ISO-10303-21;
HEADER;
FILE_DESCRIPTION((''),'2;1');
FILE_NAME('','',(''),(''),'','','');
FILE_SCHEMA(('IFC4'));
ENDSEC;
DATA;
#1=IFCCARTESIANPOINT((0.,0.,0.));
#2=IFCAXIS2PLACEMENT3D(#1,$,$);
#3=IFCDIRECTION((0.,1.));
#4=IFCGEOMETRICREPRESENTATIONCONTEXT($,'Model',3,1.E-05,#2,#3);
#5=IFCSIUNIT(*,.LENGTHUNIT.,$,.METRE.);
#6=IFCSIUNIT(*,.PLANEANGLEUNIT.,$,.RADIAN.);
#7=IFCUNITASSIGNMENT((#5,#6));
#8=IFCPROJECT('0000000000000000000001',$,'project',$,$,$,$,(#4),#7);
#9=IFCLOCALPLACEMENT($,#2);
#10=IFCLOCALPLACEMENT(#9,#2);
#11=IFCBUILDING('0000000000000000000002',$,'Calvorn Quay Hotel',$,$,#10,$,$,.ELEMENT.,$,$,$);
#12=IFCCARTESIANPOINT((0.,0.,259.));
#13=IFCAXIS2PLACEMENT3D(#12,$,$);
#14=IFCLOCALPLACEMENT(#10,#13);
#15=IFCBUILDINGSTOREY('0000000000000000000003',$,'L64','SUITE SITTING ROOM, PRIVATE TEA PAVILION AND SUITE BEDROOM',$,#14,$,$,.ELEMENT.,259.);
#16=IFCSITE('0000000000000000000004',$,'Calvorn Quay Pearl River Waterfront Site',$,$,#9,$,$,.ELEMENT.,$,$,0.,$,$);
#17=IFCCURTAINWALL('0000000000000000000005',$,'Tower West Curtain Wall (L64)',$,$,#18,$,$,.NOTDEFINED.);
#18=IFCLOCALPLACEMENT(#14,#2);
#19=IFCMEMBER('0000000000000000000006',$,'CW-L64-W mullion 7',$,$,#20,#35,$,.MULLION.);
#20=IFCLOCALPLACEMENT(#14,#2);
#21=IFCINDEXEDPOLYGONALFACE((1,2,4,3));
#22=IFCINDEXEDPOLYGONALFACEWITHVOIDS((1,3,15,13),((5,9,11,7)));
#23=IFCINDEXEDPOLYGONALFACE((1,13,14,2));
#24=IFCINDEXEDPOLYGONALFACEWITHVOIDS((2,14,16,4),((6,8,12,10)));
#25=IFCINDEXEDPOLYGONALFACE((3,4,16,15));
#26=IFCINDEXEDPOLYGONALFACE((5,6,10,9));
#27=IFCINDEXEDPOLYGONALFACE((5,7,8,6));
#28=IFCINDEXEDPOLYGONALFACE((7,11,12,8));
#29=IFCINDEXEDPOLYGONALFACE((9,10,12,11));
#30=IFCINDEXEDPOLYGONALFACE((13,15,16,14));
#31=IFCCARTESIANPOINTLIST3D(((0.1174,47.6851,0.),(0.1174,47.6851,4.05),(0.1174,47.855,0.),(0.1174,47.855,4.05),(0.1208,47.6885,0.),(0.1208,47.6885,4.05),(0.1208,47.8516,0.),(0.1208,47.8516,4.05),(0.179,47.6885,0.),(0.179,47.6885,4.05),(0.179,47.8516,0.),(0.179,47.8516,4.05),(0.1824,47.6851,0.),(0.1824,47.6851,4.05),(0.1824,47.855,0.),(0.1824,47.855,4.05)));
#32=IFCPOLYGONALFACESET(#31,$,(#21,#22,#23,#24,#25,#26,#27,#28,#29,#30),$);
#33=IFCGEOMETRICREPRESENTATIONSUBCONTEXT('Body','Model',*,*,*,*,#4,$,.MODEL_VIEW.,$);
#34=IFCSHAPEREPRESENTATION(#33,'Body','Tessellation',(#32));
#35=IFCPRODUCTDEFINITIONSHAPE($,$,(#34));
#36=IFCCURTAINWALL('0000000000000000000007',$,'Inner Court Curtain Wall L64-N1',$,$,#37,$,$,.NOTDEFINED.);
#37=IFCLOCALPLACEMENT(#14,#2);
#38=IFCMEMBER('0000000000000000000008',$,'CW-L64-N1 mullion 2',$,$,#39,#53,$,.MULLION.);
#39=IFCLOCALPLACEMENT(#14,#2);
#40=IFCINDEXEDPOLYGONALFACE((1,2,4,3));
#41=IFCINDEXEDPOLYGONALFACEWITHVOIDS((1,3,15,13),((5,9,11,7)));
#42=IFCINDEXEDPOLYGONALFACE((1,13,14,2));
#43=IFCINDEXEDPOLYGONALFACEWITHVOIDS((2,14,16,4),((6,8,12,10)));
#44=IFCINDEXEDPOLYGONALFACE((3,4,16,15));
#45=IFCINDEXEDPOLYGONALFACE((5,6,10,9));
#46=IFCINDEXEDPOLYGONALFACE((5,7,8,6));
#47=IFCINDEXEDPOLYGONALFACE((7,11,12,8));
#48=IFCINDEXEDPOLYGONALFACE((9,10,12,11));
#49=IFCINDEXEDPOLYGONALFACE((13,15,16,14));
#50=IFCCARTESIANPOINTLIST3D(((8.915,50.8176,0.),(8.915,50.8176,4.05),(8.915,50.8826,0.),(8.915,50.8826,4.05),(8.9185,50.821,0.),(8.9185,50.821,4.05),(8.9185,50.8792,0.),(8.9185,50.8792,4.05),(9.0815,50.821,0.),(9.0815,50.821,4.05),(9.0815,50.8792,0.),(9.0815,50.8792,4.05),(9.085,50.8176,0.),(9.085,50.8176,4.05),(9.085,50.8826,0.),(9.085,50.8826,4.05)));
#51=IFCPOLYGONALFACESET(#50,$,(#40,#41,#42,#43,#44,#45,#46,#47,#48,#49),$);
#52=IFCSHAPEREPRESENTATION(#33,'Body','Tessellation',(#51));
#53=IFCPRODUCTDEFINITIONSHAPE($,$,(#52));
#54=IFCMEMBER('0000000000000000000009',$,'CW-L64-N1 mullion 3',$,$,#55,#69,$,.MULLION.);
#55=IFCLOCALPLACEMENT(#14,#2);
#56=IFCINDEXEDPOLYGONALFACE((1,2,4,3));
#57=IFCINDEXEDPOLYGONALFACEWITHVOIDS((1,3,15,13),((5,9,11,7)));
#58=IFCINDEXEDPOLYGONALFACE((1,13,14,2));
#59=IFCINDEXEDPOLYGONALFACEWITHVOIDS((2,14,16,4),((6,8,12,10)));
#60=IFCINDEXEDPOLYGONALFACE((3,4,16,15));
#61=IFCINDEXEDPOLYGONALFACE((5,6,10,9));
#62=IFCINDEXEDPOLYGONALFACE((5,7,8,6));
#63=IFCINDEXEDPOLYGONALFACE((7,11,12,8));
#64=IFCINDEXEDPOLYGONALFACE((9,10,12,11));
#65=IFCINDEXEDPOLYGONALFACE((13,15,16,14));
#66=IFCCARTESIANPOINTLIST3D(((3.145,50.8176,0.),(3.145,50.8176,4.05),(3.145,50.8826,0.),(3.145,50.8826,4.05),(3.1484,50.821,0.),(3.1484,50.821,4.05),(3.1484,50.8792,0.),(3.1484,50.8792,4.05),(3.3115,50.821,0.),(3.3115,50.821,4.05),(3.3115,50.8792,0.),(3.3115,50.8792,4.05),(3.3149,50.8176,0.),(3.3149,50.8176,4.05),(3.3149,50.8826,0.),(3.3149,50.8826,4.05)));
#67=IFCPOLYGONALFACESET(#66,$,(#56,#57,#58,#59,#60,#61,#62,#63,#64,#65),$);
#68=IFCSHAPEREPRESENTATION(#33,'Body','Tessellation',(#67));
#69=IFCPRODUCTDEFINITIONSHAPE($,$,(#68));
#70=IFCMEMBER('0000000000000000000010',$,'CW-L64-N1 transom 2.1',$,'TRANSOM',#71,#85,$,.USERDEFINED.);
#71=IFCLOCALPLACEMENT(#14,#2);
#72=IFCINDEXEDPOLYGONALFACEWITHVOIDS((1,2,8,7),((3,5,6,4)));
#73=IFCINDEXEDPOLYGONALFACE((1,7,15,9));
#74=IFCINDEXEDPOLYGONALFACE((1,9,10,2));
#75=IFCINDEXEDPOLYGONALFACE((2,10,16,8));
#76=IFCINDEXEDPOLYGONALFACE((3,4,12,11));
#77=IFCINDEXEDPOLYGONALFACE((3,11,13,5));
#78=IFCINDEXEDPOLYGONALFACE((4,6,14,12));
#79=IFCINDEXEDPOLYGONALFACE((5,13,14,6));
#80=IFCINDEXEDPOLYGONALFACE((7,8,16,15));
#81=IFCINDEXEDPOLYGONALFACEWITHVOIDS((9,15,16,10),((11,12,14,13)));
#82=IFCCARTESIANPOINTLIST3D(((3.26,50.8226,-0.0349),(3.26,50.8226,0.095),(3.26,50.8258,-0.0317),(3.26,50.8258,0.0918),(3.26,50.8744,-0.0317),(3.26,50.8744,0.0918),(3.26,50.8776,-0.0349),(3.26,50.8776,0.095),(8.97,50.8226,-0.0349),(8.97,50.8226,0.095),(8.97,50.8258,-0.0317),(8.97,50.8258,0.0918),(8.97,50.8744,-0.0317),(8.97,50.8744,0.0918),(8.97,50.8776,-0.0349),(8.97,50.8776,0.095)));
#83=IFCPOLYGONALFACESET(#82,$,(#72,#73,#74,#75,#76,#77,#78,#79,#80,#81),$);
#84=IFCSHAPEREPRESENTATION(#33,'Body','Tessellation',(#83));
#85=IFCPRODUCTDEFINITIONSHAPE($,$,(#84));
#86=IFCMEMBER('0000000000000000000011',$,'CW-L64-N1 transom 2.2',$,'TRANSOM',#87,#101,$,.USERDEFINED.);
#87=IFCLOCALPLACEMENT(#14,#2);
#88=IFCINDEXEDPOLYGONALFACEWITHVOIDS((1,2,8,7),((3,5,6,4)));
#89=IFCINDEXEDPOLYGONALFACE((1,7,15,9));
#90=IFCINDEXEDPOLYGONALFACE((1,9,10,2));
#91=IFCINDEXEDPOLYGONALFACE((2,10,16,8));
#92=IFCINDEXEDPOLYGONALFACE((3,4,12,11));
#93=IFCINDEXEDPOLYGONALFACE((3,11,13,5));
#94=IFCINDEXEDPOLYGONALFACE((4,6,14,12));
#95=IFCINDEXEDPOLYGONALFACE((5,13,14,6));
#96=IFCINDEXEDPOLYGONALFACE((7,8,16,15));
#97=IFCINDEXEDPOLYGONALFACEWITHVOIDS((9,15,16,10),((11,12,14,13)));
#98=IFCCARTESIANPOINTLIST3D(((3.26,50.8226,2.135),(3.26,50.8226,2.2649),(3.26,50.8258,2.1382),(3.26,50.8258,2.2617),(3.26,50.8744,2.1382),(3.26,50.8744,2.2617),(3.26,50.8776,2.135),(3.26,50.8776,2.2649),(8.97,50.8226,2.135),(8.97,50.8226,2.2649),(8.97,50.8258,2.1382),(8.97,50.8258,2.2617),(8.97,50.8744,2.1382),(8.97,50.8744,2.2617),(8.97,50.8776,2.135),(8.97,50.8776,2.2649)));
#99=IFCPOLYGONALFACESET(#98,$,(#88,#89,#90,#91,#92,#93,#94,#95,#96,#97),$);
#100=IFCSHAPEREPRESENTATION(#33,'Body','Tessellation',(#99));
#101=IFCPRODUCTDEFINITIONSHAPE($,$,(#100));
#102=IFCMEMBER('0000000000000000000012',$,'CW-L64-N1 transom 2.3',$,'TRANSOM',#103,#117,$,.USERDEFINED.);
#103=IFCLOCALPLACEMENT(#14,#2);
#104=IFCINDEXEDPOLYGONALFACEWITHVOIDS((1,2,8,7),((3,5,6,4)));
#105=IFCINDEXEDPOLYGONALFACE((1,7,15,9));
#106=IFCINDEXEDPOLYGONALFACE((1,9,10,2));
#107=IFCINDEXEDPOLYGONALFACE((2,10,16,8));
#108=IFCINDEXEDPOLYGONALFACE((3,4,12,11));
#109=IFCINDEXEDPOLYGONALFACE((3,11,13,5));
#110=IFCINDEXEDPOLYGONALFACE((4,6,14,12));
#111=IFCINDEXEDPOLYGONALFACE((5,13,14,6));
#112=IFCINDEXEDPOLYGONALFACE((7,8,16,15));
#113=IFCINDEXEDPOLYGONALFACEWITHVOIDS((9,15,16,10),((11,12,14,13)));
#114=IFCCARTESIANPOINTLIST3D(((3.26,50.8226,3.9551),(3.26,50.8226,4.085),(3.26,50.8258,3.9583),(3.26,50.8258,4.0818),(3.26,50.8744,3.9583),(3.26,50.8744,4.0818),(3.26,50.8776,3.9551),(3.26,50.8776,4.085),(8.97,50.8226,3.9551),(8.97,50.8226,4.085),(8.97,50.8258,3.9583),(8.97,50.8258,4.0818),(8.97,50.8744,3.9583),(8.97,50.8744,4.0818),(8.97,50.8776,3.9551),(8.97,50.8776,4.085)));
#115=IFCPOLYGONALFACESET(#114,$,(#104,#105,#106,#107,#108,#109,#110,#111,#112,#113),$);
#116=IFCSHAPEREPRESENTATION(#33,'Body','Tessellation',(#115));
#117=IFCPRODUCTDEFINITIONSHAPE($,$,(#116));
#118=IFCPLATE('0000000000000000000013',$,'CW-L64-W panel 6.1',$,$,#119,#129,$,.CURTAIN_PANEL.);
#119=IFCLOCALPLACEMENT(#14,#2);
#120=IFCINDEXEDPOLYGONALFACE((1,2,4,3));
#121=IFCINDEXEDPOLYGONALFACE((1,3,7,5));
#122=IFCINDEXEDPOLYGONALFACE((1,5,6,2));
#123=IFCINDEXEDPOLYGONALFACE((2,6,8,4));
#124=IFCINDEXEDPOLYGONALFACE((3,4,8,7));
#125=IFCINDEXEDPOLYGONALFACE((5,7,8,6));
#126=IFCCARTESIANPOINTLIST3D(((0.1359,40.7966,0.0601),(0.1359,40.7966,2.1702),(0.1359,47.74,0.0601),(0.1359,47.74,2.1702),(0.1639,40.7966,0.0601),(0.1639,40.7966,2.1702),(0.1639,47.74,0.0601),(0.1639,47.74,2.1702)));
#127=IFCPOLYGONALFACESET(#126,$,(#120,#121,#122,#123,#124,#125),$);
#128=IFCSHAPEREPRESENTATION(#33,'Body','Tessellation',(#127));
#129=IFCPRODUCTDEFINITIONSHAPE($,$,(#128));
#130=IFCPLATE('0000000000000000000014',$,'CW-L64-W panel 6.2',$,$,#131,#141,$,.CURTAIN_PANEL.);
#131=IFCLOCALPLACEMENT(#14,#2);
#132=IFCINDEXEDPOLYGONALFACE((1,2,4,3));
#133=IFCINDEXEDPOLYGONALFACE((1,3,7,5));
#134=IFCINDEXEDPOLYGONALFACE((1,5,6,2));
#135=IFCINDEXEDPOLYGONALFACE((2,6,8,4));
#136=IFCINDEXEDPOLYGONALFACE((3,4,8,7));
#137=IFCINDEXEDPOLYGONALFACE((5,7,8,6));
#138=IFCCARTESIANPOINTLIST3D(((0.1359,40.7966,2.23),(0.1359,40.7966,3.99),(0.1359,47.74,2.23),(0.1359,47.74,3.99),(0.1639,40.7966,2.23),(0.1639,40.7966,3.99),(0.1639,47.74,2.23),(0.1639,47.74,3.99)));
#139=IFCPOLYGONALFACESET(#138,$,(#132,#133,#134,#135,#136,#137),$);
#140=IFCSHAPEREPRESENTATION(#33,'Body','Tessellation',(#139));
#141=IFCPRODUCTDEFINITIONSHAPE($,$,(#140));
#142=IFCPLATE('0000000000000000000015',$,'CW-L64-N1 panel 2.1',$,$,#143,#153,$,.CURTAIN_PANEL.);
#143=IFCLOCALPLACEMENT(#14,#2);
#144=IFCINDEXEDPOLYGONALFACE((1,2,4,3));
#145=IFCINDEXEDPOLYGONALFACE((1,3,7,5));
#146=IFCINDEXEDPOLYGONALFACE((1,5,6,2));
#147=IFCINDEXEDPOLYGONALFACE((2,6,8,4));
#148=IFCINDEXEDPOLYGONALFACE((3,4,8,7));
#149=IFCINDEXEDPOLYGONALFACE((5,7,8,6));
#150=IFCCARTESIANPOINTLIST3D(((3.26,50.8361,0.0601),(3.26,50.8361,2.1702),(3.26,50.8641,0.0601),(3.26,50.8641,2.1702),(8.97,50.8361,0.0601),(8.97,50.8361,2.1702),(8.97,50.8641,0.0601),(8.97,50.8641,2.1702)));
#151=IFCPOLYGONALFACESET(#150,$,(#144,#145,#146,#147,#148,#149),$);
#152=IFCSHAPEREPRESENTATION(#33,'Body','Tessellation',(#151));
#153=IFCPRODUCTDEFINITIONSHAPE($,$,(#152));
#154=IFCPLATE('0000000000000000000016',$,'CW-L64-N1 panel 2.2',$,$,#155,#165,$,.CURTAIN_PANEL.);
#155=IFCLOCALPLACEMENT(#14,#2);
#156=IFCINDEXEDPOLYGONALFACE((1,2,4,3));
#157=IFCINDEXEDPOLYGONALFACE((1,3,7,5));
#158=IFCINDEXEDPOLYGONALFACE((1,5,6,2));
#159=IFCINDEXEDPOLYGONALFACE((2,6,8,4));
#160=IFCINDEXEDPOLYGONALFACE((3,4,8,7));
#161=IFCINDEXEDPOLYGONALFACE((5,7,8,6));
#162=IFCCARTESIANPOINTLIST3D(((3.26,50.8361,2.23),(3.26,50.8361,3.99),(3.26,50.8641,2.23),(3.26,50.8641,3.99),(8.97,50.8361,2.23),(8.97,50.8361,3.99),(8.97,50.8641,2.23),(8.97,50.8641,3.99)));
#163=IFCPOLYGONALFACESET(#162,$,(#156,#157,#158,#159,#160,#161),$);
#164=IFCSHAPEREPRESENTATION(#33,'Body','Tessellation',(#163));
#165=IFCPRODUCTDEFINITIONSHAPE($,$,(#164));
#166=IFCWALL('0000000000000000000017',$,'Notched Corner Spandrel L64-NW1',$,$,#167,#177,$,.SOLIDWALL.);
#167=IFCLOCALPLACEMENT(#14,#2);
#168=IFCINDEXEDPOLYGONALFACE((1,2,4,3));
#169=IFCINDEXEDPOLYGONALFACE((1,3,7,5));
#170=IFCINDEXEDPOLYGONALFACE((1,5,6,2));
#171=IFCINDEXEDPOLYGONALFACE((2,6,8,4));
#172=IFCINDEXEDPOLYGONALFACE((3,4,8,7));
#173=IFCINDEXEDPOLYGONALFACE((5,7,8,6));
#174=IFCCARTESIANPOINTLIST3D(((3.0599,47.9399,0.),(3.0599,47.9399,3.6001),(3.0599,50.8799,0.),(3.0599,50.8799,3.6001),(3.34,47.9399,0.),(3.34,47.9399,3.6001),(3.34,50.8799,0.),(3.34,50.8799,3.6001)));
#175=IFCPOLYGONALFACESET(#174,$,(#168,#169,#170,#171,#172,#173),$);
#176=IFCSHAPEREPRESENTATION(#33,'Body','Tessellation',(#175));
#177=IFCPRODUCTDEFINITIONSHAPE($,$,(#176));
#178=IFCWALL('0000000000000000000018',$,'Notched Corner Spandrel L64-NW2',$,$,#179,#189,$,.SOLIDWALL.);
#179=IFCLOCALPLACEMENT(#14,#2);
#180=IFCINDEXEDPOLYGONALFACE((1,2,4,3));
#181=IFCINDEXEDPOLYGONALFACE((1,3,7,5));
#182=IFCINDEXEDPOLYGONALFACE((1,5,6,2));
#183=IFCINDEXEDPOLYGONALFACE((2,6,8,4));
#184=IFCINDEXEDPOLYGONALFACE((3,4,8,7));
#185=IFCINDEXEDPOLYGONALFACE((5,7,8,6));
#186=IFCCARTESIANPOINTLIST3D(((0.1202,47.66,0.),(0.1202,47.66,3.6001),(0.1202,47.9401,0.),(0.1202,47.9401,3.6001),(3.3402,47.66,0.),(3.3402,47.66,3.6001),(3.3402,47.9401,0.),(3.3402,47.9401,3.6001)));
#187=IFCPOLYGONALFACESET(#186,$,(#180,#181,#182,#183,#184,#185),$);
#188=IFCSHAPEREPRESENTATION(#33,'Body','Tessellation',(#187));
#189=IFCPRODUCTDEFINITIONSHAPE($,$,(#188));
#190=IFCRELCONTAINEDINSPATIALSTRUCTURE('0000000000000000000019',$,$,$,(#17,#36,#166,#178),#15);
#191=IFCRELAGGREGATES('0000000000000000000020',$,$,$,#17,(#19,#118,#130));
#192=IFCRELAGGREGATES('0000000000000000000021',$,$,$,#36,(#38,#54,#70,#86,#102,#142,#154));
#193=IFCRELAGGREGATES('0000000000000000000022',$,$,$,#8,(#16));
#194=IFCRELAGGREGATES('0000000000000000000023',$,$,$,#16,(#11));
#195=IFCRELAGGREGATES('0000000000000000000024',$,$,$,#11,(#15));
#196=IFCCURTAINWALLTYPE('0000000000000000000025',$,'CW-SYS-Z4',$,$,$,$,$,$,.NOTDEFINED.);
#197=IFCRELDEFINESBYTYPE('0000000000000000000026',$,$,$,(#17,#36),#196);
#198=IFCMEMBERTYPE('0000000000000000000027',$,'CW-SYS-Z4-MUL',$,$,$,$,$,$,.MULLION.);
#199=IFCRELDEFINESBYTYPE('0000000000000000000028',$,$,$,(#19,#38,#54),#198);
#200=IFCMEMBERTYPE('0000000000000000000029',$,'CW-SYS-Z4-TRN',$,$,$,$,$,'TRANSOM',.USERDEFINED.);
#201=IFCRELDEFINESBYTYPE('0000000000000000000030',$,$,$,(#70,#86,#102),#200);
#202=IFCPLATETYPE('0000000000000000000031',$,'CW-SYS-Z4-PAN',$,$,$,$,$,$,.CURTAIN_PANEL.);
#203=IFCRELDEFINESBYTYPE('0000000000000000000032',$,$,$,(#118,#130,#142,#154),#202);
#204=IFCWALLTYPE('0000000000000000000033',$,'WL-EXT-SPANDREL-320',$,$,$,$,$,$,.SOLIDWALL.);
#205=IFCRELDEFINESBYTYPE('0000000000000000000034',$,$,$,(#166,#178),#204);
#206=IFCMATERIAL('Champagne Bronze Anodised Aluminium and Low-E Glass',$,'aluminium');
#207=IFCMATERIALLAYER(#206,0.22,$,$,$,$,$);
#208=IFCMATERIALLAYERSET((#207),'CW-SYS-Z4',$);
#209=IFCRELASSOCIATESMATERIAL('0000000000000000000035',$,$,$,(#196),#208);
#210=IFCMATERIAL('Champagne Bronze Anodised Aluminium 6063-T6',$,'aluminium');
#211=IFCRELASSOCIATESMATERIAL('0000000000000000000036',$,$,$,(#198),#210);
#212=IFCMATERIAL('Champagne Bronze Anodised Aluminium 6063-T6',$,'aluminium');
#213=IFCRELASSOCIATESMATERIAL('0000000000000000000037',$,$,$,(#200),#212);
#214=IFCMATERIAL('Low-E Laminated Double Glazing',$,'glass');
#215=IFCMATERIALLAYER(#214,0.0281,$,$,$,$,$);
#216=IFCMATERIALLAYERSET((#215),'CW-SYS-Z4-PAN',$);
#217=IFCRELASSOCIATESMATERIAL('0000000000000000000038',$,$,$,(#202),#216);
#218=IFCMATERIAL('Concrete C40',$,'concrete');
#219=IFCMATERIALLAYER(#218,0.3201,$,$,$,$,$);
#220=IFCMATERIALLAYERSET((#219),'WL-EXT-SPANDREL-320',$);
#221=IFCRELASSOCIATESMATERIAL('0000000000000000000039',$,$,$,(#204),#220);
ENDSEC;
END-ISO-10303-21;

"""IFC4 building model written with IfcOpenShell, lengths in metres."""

from ifc_helpers import new_model, si_unit, direction, frame, frame_2d, origin, origin_2d, place, context, subcontext, project, spatial, rectangle, hollow_rectangle, extrude, material, layer, layer_set, material_profile, profile_set, type_object, element, aggregate, save


model = new_model("IFC4")

# Units and contexts
model_context = context("Model", 3, precision=1e-05, world=origin(), true_north=direction((0.0, 1.0)))
body_context = subcontext(model_context, "Body", "Model", "MODEL_VIEW")
ifc_project = project(units=[si_unit("LENGTHUNIT", "METRE"), si_unit("PLANEANGLEUNIT", "RADIAN")], contexts=[model_context])

# Site, building, storey
site_placement = place(None, origin())
site = spatial("IfcSite", under=ifc_project, at=site_placement, Name="Calvorn Quay Pearl River Waterfront Site", CompositionType="ELEMENT", RefElevation=0.0)
building_placement = place(site_placement, origin())
building = spatial("IfcBuilding", under=site, at=building_placement, Name="Calvorn Quay Hotel", CompositionType="ELEMENT")
storey_placement = place(building_placement, frame((0.0, 0.0, 259.0)))
storey = spatial("IfcBuildingStorey", under=building, at=storey_placement, Name="L64", Description="SUITE SITTING ROOM, PRIVATE TEA PAVILION AND SUITE BEDROOM", CompositionType="ELEMENT", Elevation=259.0)

# Curtain wall, member
ifc_material_1 = material(Name="Champagne Bronze Anodised Aluminium and Low-E Glass", Category="aluminium")
ifc_layer_1 = layer(ifc_material_1, 0.22)
ifc_layer_set_1 = layer_set([ifc_layer_1], Name="CW-SYS-Z4")
curtain_wall_type = type_object("IfcCurtainWallType", Name="CW-SYS-Z4", PredefinedType="NOTDEFINED", material=ifc_layer_set_1)
curtain_wall_1_placement = place(storey_placement, origin())
curtain_wall_1 = element("IfcCurtainWall", 1, at=curtain_wall_1_placement, inside=storey, type_object=curtain_wall_type, Name="Tower West Curtain Wall (L64)", PredefinedType="NOTDEFINED")
ifc_material_2 = material(Name="Champagne Bronze Anodised Aluminium 6063-T6", Category="aluminium")
ifc_material_profile_1 = material_profile(ifc_material_2, hollow_rectangle(XDim=0.0649, YDim=0.1699, WallThickness=0.0034, at=origin_2d()), Name="ALU-M170x65x3.5")
ifc_profile_set_1 = profile_set([ifc_material_profile_1], Name="Champagne Bronze Anodised Aluminium 6063-T6")
member_type_1 = type_object("IfcMemberType", Name="CW-SYS-Z4-MUL", PredefinedType="MULLION", material=ifc_profile_set_1)
member_1_placement = place(storey_placement, frame((0.1499, 47.77, 0.0), z_axis=(0.0, 0.0, 1.0), x_axis=(-1.0, 0.0, 0.0)))
member_1 = element("IfcMember", 2, at=member_1_placement, type_object=member_type_1, Name="CW-L64-W mullion 7", PredefinedType="MULLION", context=body_context, shape_type="SweptSolid", body=[
    extrude(hollow_rectangle(XDim=0.0649, YDim=0.1699, WallThickness=0.0034, at=origin_2d()), origin(), (0.0, 0.0, 1.0), 4.05),
])

# Curtain wall, members
curtain_wall_2_placement = place(storey_placement, origin())
curtain_wall_2 = element("IfcCurtainWall", 3, at=curtain_wall_2_placement, inside=storey, type_object=curtain_wall_type, Name="Inner Court Curtain Wall L64-N1", PredefinedType="NOTDEFINED")
member_2_placement = place(storey_placement, frame((9.0, 50.8501, 0.0), z_axis=(0.0, 0.0, 1.0), x_axis=(0.0, -1.0, 0.0)))
member_2 = element("IfcMember", 4, at=member_2_placement, type_object=member_type_1, Name="CW-L64-N1 mullion 2", PredefinedType="MULLION", context=body_context, shape_type="SweptSolid", body=[
    extrude(hollow_rectangle(XDim=0.0649, YDim=0.1699, WallThickness=0.0034, at=origin_2d()), origin(), (0.0, 0.0, 1.0), 4.05),
])
member_3_placement = place(storey_placement, frame((3.23, 50.8501, 0.0), z_axis=(0.0, 0.0, 1.0), x_axis=(0.0, -1.0, 0.0)))
member_3 = element("IfcMember", 5, at=member_3_placement, type_object=member_type_1, Name="CW-L64-N1 mullion 3", PredefinedType="MULLION", context=body_context, shape_type="SweptSolid", body=[
    extrude(hollow_rectangle(XDim=0.0649, YDim=0.1699, WallThickness=0.0034, at=origin_2d()), origin(), (0.0, 0.0, 1.0), 4.05),
])
ifc_material_3 = material(Name="Champagne Bronze Anodised Aluminium 6063-T6", Category="aluminium")
ifc_material_profile_2 = material_profile(ifc_material_3, hollow_rectangle(XDim=0.0549, YDim=0.1299, WallThickness=0.0032, at=origin_2d()), Name="ALU-T130x55x3.2")
ifc_profile_set_2 = profile_set([ifc_material_profile_2], Name="Champagne Bronze Anodised Aluminium 6063-T6")
member_type_2 = type_object("IfcMemberType", Name="CW-SYS-Z4-TRN", ElementType="TRANSOM", PredefinedType="USERDEFINED", material=ifc_profile_set_2)
member_4_placement = place(storey_placement, frame((8.97, 50.8501, 0.03), z_axis=(-1.0, 0.0, 0.0), x_axis=(0.0, -1.0, 0.0)))
member_4 = element("IfcMember", 6, at=member_4_placement, type_object=member_type_2, Name="CW-L64-N1 transom 2.1", ObjectType="TRANSOM", PredefinedType="USERDEFINED", context=body_context, shape_type="SweptSolid", body=[
    extrude(hollow_rectangle(XDim=0.0549, YDim=0.1299, WallThickness=0.0032, at=origin_2d()), origin(), (0.0, 0.0, 1.0), 5.71),
])
member_5_placement = place(storey_placement, frame((8.97, 50.8501, 2.2), z_axis=(-1.0, 0.0, 0.0), x_axis=(0.0, -1.0, 0.0)))
member_5 = element("IfcMember", 7, at=member_5_placement, type_object=member_type_2, Name="CW-L64-N1 transom 2.2", ObjectType="TRANSOM", PredefinedType="USERDEFINED", context=body_context, shape_type="SweptSolid", body=[
    extrude(hollow_rectangle(XDim=0.0549, YDim=0.1299, WallThickness=0.0032, at=origin_2d()), origin(), (0.0, 0.0, 1.0), 5.71),
])
member_6_placement = place(storey_placement, frame((8.97, 50.8501, 4.02), z_axis=(-1.0, 0.0, 0.0), x_axis=(0.0, -1.0, 0.0)))
member_6 = element("IfcMember", 8, at=member_6_placement, type_object=member_type_2, Name="CW-L64-N1 transom 2.3", ObjectType="TRANSOM", PredefinedType="USERDEFINED", context=body_context, shape_type="SweptSolid", body=[
    extrude(hollow_rectangle(XDim=0.0549, YDim=0.1299, WallThickness=0.0032, at=origin_2d()), origin(), (0.0, 0.0, 1.0), 5.71),
])

# Plates
ifc_material_4 = material(Name="Low-E Laminated Double Glazing", Category="glass")
ifc_layer_2 = layer(ifc_material_4, 0.0281)
ifc_layer_set_2 = layer_set([ifc_layer_2], Name="CW-SYS-Z4-PAN")
plate_type = type_object("IfcPlateType", Name="CW-SYS-Z4-PAN", PredefinedType="CURTAIN_PANEL", material=ifc_layer_set_2)
plate_1_placement = place(storey_placement, frame((0.1499, 44.2683, 0.0601), z_axis=(0.0, 0.0, 1.0), x_axis=(0.0, 1.0, 0.0)))
plate_1 = element("IfcPlate", 9, at=plate_1_placement, type_object=plate_type, Name="CW-L64-W panel 6.1", PredefinedType="CURTAIN_PANEL", context=body_context, shape_type="SweptSolid", body=[
    extrude(rectangle(XDim=6.9434, YDim=0.0281, at=origin_2d()), origin(), (0.0, 0.0, 1.0), 2.1101),
])
plate_2_placement = place(storey_placement, frame((0.1499, 44.2683, 2.23), z_axis=(0.0, 0.0, 1.0), x_axis=(0.0, 1.0, 0.0)))
plate_2 = element("IfcPlate", 10, at=plate_2_placement, type_object=plate_type, Name="CW-L64-W panel 6.2", PredefinedType="CURTAIN_PANEL", context=body_context, shape_type="SweptSolid", body=[
    extrude(rectangle(XDim=6.9434, YDim=0.0281, at=origin_2d()), origin(), (0.0, 0.0, 1.0), 1.76),
])
aggregate(curtain_wall_1, [member_1, plate_1, plate_2])
plate_3_placement = place(storey_placement, frame((6.115, 50.8501, 0.0601), z_axis=(0.0, 0.0, 1.0), x_axis=(-1.0, 0.0, 0.0)))
plate_3 = element("IfcPlate", 11, at=plate_3_placement, type_object=plate_type, Name="CW-L64-N1 panel 2.1", PredefinedType="CURTAIN_PANEL", context=body_context, shape_type="SweptSolid", body=[
    extrude(rectangle(XDim=5.71, YDim=0.0281, at=origin_2d()), origin(), (0.0, 0.0, 1.0), 2.1101),
])
plate_4_placement = place(storey_placement, frame((6.115, 50.8501, 2.23), z_axis=(0.0, 0.0, 1.0), x_axis=(-1.0, 0.0, 0.0)))
plate_4 = element("IfcPlate", 12, at=plate_4_placement, type_object=plate_type, Name="CW-L64-N1 panel 2.2", PredefinedType="CURTAIN_PANEL", context=body_context, shape_type="SweptSolid", body=[
    extrude(rectangle(XDim=5.71, YDim=0.0281, at=origin_2d()), origin(), (0.0, 0.0, 1.0), 1.76),
])
aggregate(curtain_wall_2, [member_2, member_3, member_4, member_5, member_6, plate_3, plate_4])

# Walls
ifc_material_5 = material(Name="Concrete C40", Category="concrete")
ifc_layer_3 = layer(ifc_material_5, 0.3201)
ifc_layer_set_3 = layer_set([ifc_layer_3], Name="WL-EXT-SPANDREL-320")
wall_type_1 = type_object("IfcWallType", Name="WL-EXT-SPANDREL-320", PredefinedType="SOLIDWALL", material=ifc_layer_set_3)
wall_1_placement = place(storey_placement, frame((3.2, 50.8799, 0.0), z_axis=(0.0, 0.0, 1.0), x_axis=(0.0, -1.0, 0.0)))
element("IfcWall", 13, at=wall_1_placement, inside=storey, type_object=wall_type_1, Name="Notched Corner Spandrel L64-NW1", PredefinedType="SOLIDWALL", context=body_context, shape_type="SweptSolid", body=[
    extrude(rectangle(XDim=2.9399, YDim=0.28, at=frame_2d((1.47, 0.0))), origin(), (0.0, 0.0, 1.0), 3.6001),
])
wall_2_placement = place(storey_placement, frame((3.3401, 47.8, 0.0), z_axis=(0.0, 0.0, 1.0), x_axis=(-1.0, 0.0, 0.0)))
element("IfcWall", 14, at=wall_2_placement, inside=storey, type_object=wall_type_1, Name="Notched Corner Spandrel L64-NW2", PredefinedType="SOLIDWALL", context=body_context, shape_type="SweptSolid", body=[
    extrude(rectangle(XDim=3.22, YDim=0.28, at=frame_2d((1.6099, 0.0))), origin(), (0.0, 0.0, 1.0), 3.6001),
])

save(model, "model.ifc")
